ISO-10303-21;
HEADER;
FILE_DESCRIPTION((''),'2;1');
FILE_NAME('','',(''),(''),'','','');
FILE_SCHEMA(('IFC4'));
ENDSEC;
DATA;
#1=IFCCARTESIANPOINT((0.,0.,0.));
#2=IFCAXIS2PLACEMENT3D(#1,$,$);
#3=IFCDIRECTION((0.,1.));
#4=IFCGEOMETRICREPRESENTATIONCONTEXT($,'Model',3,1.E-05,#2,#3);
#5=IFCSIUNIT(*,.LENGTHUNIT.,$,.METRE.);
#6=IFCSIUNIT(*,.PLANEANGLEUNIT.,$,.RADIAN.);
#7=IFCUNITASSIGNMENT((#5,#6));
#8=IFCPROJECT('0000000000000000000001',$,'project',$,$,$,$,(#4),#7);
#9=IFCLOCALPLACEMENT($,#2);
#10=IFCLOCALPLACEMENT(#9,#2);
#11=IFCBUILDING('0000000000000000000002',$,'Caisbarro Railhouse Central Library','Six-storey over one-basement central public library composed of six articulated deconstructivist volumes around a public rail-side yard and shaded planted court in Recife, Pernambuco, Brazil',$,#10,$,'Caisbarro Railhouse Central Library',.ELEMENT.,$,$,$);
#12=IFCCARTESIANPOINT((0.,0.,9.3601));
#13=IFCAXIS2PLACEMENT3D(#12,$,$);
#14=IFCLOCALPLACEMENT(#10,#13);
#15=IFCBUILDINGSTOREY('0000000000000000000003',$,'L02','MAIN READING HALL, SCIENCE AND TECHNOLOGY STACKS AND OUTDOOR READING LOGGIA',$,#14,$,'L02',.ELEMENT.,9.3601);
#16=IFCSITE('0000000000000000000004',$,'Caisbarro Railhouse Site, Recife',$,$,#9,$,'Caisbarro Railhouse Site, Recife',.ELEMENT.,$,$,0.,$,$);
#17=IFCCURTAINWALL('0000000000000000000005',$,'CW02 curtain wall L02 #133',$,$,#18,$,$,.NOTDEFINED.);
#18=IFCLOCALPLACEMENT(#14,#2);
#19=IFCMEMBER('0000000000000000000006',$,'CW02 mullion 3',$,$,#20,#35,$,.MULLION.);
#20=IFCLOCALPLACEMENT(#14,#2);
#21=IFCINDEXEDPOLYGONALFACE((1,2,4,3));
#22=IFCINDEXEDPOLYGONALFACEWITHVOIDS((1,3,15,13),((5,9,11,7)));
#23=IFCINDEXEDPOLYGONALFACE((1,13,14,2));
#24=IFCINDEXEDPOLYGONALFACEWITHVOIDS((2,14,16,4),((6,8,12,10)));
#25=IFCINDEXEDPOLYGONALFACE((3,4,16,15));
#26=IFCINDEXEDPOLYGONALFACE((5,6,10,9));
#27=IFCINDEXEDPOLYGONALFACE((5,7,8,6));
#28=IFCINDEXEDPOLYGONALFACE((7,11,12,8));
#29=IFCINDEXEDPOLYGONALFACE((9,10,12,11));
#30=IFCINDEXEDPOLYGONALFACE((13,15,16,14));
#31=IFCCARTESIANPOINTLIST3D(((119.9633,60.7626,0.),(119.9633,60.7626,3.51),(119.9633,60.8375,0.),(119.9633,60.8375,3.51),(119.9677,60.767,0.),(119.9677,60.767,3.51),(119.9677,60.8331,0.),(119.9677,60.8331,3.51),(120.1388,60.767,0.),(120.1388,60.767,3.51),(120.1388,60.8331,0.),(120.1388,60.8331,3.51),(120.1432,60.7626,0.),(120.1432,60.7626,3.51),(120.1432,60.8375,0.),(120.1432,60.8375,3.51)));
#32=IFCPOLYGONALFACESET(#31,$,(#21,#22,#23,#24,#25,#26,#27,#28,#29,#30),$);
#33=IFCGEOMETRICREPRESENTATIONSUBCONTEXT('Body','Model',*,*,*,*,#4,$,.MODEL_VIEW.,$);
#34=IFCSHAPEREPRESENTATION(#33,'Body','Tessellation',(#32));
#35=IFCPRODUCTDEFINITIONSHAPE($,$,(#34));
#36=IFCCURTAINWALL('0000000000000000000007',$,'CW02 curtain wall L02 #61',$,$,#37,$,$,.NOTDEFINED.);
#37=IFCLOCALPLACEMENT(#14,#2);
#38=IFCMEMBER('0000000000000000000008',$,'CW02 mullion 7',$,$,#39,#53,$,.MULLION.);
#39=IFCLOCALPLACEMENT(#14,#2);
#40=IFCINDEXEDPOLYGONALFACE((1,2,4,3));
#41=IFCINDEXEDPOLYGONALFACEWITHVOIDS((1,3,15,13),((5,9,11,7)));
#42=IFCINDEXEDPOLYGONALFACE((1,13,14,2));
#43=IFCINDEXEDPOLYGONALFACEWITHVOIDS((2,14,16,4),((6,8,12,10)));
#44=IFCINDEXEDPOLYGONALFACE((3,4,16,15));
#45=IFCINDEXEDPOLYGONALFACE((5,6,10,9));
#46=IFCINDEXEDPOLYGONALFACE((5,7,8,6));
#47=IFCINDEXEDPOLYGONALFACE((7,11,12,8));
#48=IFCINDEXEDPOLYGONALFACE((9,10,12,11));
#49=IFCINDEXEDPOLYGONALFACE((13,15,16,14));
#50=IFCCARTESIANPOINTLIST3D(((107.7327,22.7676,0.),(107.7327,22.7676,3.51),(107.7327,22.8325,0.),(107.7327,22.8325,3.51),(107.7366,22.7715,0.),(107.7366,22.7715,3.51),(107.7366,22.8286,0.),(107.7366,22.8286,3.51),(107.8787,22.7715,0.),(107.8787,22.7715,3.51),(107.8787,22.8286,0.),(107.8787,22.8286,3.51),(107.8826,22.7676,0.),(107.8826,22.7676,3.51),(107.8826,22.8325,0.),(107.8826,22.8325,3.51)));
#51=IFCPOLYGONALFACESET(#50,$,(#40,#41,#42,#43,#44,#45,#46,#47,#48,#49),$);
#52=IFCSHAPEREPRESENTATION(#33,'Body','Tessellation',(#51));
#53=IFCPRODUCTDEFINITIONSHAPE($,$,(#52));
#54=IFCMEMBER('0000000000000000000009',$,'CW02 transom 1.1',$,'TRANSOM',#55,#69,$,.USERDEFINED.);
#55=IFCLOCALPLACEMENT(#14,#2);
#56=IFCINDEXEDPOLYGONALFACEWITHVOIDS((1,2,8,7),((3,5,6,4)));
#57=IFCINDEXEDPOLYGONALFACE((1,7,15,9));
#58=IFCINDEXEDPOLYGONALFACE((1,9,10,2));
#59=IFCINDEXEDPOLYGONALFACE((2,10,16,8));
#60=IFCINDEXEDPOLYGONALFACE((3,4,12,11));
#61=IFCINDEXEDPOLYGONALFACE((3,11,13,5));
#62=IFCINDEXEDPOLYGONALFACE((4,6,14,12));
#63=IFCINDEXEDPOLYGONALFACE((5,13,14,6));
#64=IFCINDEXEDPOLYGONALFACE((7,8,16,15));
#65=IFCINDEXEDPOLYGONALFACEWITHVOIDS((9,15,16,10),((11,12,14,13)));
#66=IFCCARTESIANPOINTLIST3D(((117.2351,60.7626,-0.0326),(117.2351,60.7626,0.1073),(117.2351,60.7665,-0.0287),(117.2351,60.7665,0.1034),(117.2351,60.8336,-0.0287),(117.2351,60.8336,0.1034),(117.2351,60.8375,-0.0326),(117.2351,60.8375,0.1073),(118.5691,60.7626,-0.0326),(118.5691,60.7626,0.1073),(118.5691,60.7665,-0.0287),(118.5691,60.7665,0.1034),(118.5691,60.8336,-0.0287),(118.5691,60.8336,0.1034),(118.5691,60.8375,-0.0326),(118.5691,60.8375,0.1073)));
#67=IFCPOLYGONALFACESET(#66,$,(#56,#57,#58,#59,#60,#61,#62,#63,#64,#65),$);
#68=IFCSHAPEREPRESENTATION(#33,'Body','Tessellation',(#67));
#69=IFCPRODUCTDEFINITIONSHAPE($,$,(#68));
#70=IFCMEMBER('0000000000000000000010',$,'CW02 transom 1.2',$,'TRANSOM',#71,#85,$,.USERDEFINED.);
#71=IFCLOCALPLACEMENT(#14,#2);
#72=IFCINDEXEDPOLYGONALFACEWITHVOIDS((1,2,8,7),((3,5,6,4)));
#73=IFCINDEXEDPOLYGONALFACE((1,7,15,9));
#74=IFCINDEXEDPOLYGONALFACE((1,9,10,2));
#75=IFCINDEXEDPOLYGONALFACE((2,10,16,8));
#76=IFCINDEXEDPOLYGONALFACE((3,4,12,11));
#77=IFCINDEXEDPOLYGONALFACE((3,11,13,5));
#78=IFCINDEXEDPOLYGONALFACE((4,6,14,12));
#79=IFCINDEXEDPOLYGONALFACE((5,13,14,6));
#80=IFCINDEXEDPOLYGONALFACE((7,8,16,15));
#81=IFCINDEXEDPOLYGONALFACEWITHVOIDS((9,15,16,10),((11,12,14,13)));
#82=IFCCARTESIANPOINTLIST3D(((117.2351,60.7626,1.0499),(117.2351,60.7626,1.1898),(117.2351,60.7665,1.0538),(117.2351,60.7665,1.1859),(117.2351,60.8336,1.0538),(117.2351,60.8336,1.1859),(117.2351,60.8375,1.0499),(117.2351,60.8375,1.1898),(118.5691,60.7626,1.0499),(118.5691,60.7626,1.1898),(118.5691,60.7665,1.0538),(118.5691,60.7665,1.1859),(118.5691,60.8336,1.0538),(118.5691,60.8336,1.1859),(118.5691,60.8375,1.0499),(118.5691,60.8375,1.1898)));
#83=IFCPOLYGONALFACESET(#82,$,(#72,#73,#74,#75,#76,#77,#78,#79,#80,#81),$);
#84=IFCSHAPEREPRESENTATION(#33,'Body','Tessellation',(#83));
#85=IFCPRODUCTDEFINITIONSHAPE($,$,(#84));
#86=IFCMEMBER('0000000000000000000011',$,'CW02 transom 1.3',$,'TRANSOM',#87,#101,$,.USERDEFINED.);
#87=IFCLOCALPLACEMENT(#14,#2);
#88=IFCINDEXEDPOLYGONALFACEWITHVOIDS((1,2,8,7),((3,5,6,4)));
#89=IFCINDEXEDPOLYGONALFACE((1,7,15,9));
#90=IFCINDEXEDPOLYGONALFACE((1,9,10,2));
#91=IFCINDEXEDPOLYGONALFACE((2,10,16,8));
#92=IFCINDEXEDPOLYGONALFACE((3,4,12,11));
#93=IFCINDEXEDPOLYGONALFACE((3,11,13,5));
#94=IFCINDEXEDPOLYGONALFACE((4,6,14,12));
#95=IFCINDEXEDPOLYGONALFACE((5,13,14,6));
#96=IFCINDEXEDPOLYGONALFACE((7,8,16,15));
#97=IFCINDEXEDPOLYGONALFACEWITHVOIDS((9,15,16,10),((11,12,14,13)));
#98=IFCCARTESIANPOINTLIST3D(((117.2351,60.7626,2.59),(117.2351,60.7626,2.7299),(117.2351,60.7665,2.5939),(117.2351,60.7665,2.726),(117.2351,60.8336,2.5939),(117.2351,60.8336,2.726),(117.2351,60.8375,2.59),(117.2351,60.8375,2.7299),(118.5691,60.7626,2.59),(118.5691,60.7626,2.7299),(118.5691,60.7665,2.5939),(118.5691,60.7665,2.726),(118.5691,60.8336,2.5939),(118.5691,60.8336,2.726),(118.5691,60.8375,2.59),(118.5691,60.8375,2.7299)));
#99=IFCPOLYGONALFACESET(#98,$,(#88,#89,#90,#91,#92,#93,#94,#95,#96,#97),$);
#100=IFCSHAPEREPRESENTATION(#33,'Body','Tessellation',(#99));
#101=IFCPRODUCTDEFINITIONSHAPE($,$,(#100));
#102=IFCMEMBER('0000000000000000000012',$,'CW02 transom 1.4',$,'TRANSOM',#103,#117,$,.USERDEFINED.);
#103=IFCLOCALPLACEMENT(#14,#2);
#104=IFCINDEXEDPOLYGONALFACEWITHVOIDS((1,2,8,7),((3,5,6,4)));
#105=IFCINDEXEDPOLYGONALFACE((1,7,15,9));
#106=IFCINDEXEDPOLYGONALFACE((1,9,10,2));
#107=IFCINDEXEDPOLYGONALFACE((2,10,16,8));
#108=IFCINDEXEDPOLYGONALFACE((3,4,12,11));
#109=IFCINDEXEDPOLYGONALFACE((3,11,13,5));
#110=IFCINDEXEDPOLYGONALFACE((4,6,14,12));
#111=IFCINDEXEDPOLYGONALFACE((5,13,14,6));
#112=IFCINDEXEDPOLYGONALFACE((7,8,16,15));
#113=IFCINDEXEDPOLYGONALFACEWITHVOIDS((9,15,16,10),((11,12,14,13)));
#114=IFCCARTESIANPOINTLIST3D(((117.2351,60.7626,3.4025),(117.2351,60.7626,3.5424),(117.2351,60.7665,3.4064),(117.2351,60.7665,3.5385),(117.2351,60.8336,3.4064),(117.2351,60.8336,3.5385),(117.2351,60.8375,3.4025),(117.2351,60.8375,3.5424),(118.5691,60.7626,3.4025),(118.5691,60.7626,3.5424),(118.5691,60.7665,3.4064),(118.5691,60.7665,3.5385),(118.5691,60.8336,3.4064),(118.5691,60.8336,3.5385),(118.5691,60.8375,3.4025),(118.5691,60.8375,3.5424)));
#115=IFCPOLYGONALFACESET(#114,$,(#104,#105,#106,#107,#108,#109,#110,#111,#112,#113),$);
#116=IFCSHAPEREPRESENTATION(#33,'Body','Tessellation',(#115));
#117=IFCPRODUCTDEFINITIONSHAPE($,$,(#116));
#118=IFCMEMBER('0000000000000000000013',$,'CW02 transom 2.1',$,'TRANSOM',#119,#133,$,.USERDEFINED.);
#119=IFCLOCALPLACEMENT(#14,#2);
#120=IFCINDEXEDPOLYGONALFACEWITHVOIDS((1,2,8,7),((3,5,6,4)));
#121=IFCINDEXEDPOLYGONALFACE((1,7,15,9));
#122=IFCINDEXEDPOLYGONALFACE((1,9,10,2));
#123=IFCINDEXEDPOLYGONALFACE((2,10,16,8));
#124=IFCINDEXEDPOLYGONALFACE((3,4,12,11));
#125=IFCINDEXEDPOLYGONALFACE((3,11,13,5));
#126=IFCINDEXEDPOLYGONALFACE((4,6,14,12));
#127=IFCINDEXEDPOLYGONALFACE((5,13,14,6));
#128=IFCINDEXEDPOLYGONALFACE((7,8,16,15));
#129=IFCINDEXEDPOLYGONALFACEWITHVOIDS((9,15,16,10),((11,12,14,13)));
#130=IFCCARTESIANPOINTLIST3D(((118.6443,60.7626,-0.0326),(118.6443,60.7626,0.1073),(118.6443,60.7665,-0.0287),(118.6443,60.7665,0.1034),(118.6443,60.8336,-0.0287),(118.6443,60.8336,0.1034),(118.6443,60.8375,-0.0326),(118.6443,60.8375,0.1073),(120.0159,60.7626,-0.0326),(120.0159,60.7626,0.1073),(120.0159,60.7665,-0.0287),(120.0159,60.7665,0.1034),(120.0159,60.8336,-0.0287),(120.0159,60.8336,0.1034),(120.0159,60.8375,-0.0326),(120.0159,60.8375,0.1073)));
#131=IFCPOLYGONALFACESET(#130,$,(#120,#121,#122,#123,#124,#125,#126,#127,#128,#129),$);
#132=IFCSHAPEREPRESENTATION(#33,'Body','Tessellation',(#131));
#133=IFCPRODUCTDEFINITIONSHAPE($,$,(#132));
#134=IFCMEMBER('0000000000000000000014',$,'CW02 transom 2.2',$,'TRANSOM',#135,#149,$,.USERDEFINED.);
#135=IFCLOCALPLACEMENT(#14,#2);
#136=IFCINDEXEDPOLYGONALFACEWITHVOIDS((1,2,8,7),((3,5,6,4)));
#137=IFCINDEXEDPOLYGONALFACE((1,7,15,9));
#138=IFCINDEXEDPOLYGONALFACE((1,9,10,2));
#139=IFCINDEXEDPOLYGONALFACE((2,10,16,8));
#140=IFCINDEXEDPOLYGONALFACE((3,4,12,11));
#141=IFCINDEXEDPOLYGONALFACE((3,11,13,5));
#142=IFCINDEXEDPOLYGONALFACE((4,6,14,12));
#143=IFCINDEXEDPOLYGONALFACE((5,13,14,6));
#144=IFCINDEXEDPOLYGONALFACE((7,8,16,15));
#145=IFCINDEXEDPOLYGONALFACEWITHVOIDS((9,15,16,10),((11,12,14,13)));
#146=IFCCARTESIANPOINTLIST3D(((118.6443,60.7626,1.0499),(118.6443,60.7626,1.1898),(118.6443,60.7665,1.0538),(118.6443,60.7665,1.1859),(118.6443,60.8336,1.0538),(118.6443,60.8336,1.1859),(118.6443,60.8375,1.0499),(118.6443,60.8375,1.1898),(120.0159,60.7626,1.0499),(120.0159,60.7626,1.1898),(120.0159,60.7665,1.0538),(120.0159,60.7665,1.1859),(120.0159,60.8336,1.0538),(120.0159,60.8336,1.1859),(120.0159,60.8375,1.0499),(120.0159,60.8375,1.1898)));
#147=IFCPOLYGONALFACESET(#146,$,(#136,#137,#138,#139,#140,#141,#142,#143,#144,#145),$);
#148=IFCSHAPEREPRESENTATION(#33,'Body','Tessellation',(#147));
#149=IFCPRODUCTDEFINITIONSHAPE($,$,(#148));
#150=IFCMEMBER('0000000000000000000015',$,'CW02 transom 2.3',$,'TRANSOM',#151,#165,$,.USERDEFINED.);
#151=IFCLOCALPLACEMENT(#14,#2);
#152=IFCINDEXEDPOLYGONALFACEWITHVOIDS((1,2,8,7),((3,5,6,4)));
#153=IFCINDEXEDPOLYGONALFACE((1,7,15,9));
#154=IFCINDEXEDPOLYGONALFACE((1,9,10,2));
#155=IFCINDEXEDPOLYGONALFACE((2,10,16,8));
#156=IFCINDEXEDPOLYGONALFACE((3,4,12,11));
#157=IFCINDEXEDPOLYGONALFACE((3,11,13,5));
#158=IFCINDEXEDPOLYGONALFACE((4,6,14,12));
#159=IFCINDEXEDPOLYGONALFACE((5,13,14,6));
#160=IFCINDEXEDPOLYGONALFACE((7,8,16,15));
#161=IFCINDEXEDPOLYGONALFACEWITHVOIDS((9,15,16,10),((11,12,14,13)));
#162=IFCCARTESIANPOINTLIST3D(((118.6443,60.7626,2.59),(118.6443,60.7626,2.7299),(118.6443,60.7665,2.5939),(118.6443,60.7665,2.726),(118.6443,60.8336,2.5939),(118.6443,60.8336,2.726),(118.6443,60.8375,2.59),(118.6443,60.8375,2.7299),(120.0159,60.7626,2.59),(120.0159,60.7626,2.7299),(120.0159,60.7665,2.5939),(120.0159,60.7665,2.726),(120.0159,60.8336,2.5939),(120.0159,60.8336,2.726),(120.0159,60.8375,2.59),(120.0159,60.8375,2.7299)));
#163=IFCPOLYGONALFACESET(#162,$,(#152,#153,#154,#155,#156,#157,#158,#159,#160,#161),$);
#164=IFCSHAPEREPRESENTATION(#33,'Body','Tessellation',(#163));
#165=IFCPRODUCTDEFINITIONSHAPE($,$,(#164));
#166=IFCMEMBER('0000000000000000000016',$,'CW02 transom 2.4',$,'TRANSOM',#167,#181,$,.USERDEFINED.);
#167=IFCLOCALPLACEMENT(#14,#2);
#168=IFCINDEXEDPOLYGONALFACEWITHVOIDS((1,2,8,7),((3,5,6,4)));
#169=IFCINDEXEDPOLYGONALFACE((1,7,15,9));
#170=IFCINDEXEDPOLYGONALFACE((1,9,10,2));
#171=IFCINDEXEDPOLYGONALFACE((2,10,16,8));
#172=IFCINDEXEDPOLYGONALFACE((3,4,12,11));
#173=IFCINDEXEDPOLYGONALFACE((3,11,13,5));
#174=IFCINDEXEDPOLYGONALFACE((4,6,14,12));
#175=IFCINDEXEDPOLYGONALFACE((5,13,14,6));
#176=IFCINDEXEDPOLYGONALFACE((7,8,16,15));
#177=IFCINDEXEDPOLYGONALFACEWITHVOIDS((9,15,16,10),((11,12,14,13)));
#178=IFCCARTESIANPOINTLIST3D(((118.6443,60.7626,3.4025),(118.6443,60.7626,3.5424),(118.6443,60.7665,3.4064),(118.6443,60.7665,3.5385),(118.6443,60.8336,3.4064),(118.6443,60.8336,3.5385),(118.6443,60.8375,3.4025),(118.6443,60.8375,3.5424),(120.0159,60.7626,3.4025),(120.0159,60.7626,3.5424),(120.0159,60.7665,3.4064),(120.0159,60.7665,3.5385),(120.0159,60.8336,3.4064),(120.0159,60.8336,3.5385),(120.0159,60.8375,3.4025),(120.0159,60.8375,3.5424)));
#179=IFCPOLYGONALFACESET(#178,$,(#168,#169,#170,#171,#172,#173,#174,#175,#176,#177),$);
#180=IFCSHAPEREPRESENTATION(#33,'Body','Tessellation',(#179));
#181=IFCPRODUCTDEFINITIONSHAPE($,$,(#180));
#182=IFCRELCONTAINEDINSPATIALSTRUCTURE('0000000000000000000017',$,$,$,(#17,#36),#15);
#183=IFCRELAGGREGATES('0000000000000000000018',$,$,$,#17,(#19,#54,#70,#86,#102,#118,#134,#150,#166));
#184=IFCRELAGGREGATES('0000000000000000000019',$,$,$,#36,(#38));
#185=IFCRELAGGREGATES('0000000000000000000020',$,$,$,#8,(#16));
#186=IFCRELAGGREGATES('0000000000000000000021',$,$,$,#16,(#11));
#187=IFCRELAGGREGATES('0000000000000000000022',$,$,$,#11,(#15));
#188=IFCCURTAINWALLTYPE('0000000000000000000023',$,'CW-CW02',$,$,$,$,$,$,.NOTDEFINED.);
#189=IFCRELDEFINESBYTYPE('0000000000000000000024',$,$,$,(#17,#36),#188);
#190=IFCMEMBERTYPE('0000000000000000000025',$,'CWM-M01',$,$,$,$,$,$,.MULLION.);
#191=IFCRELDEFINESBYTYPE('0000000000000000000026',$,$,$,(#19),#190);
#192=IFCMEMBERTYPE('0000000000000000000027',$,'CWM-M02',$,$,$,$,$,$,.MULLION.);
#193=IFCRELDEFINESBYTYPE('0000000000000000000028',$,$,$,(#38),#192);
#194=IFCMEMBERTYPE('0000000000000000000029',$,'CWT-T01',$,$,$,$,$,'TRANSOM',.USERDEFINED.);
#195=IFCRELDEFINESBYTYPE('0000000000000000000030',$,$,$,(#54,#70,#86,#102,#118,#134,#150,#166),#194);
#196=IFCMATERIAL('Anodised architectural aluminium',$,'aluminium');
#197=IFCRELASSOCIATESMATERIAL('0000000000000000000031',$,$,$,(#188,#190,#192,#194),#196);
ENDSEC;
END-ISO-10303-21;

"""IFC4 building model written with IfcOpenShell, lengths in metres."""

from ifc_helpers import new_model, si_unit, direction, frame, origin, origin_2d, place, context, subcontext, project, spatial, hollow_rectangle, extrude, material, material_profile, profile_set, type_object, element, aggregate, save


model = new_model("IFC4")

# Units and contexts
model_context = context("Model", 3, precision=1e-05, world=origin(), true_north=direction((0.0, 1.0)))
body_context = subcontext(model_context, "Body", "Model", "MODEL_VIEW")
ifc_project = project(units=[si_unit("LENGTHUNIT", "METRE"), si_unit("PLANEANGLEUNIT", "RADIAN")], contexts=[model_context])

# Site, building, storey
site_placement = place(None, origin())
site = spatial("IfcSite", under=ifc_project, at=site_placement, Name="Caisbarro Railhouse Site, Recife", LongName="Caisbarro Railhouse Site, Recife", CompositionType="ELEMENT", RefElevation=0.0)
building_placement = place(site_placement, origin())
building = spatial("IfcBuilding", under=site, at=building_placement, Name="Caisbarro Railhouse Central Library", Description="Six-storey over one-basement central public library composed of six articulated deconstructivist volumes around a public rail-side yard and shaded planted court in Recife, Pernambuco, Brazil", LongName="Caisbarro Railhouse Central Library", CompositionType="ELEMENT")
storey_placement = place(building_placement, frame((0.0, 0.0, 9.3601)))
storey = spatial("IfcBuildingStorey", under=building, at=storey_placement, Name="L02", Description="MAIN READING HALL, SCIENCE AND TECHNOLOGY STACKS AND OUTDOOR READING LOGGIA", LongName="L02", CompositionType="ELEMENT", Elevation=9.3601)

# Curtain wall, member
ifc_material_1 = material(Name="Anodised architectural aluminium", Category="aluminium")
curtain_wall_type = type_object("IfcCurtainWallType", Name="CW-CW02", PredefinedType="NOTDEFINED", material=ifc_material_1)
curtain_wall_1_placement = place(storey_placement, origin())
curtain_wall_1 = element("IfcCurtainWall", 1, at=curtain_wall_1_placement, inside=storey, type_object=curtain_wall_type, Name="CW02 curtain wall L02 #133", PredefinedType="NOTDEFINED")
ifc_material_profile_1 = material_profile(ifc_material_1, hollow_rectangle(XDim=0.075, YDim=0.1799, WallThickness=0.0044, at=origin_2d()), Name="ALU-MUL-75X180")
ifc_profile_set_1 = profile_set([ifc_material_profile_1], Name="Anodised architectural aluminium")
member_type_1 = type_object("IfcMemberType", Name="CWM-M01", PredefinedType="MULLION", material=ifc_profile_set_1)
member_1_placement = place(storey_placement, frame((120.0532, 60.8, 0.0), z_axis=(0.0, 0.0, 1.0), x_axis=(0.0, 1.0, 0.0)))
member_1 = element("IfcMember", 2, at=member_1_placement, type_object=member_type_1, Name="CW02 mullion 3", PredefinedType="MULLION", context=body_context, shape_type="SweptSolid", body=[
    extrude(hollow_rectangle(XDim=0.075, YDim=0.1799, WallThickness=0.0044, at=origin_2d()), origin(), (0.0, 0.0, 1.0), 3.51),
])

# Curtain wall, member
curtain_wall_2_placement = place(storey_placement, origin())
curtain_wall_2 = element("IfcCurtainWall", 3, at=curtain_wall_2_placement, inside=storey, type_object=curtain_wall_type, Name="CW02 curtain wall L02 #61", PredefinedType="NOTDEFINED")
ifc_material_profile_2 = material_profile(ifc_material_1, hollow_rectangle(XDim=0.0649, YDim=0.1499, WallThickness=0.0039, at=origin_2d()), Name="ALU-MUL-65X150")
ifc_profile_set_2 = profile_set([ifc_material_profile_2], Name="Anodised architectural aluminium")
member_type_2 = type_object("IfcMemberType", Name="CWM-M02", PredefinedType="MULLION", material=ifc_profile_set_2)
member_2_placement = place(storey_placement, frame((107.8076, 22.8, 0.0), z_axis=(0.0, 0.0, 1.0), x_axis=(0.0, 1.0, 0.0)))
member_2 = element("IfcMember", 4, at=member_2_placement, type_object=member_type_2, Name="CW02 mullion 7", PredefinedType="MULLION", context=body_context, shape_type="SweptSolid", body=[
    extrude(hollow_rectangle(XDim=0.0649, YDim=0.1499, WallThickness=0.0039, at=origin_2d()), origin(), (0.0, 0.0, 1.0), 3.51),
])

# Members
ifc_material_profile_3 = material_profile(ifc_material_1, hollow_rectangle(XDim=0.075, YDim=0.1399, WallThickness=0.0039, at=origin_2d()), Name="ALU-TRN-75X140")
ifc_profile_set_3 = profile_set([ifc_material_profile_3], Name="Anodised architectural aluminium")
member_type_3 = type_object("IfcMemberType", Name="CWT-T01", ElementType="TRANSOM", PredefinedType="USERDEFINED", material=ifc_profile_set_3)
member_3_placement = place(storey_placement, frame((117.2351, 60.8, 0.0374), z_axis=(1.0, 0.0, 0.0), x_axis=(0.0, 1.0, 0.0)))
member_3 = element("IfcMember", 5, at=member_3_placement, type_object=member_type_3, Name="CW02 transom 1.1", ObjectType="TRANSOM", PredefinedType="USERDEFINED", context=body_context, shape_type="SweptSolid", body=[
    extrude(hollow_rectangle(XDim=0.075, YDim=0.1399, WallThickness=0.0039, at=origin_2d()), origin(), (0.0, 0.0, 1.0), 1.334),
])
member_4_placement = place(storey_placement, frame((117.2351, 60.8, 1.1199), z_axis=(1.0, 0.0, 0.0), x_axis=(0.0, 1.0, 0.0)))
member_4 = element("IfcMember", 6, at=member_4_placement, type_object=member_type_3, Name="CW02 transom 1.2", ObjectType="TRANSOM", PredefinedType="USERDEFINED", context=body_context, shape_type="SweptSolid", body=[
    extrude(hollow_rectangle(XDim=0.075, YDim=0.1399, WallThickness=0.0039, at=origin_2d()), origin(), (0.0, 0.0, 1.0), 1.334),
])
member_5_placement = place(storey_placement, frame((117.2351, 60.8, 2.6599), z_axis=(1.0, 0.0, 0.0), x_axis=(0.0, 1.0, 0.0)))
member_5 = element("IfcMember", 7, at=member_5_placement, type_object=member_type_3, Name="CW02 transom 1.3", ObjectType="TRANSOM", PredefinedType="USERDEFINED", context=body_context, shape_type="SweptSolid", body=[
    extrude(hollow_rectangle(XDim=0.075, YDim=0.1399, WallThickness=0.0039, at=origin_2d()), origin(), (0.0, 0.0, 1.0), 1.334),
])
member_6_placement = place(storey_placement, frame((117.2351, 60.8, 3.4724), z_axis=(1.0, 0.0, 0.0), x_axis=(0.0, 1.0, 0.0)))
member_6 = element("IfcMember", 8, at=member_6_placement, type_object=member_type_3, Name="CW02 transom 1.4", ObjectType="TRANSOM", PredefinedType="USERDEFINED", context=body_context, shape_type="SweptSolid", body=[
    extrude(hollow_rectangle(XDim=0.075, YDim=0.1399, WallThickness=0.0039, at=origin_2d()), origin(), (0.0, 0.0, 1.0), 1.334),
])
member_7_placement = place(storey_placement, frame((118.6443, 60.8, 0.0374), z_axis=(1.0, 0.0, 0.0), x_axis=(0.0, 1.0, 0.0)))
member_7 = element("IfcMember", 9, at=member_7_placement, type_object=member_type_3, Name="CW02 transom 2.1", ObjectType="TRANSOM", PredefinedType="USERDEFINED", context=body_context, shape_type="SweptSolid", body=[
    extrude(hollow_rectangle(XDim=0.075, YDim=0.1399, WallThickness=0.0039, at=origin_2d()), origin(), (0.0, 0.0, 1.0), 1.3716),
])
member_8_placement = place(storey_placement, frame((118.6443, 60.8, 1.1199), z_axis=(1.0, 0.0, 0.0), x_axis=(0.0, 1.0, 0.0)))
member_8 = element("IfcMember", 10, at=member_8_placement, type_object=member_type_3, Name="CW02 transom 2.2", ObjectType="TRANSOM", PredefinedType="USERDEFINED", context=body_context, shape_type="SweptSolid", body=[
    extrude(hollow_rectangle(XDim=0.075, YDim=0.1399, WallThickness=0.0039, at=origin_2d()), origin(), (0.0, 0.0, 1.0), 1.3716),
])
member_9_placement = place(storey_placement, frame((118.6443, 60.8, 2.6599), z_axis=(1.0, 0.0, 0.0), x_axis=(0.0, 1.0, 0.0)))
member_9 = element("IfcMember", 11, at=member_9_placement, type_object=member_type_3, Name="CW02 transom 2.3", ObjectType="TRANSOM", PredefinedType="USERDEFINED", context=body_context, shape_type="SweptSolid", body=[
    extrude(hollow_rectangle(XDim=0.075, YDim=0.1399, WallThickness=0.0039, at=origin_2d()), origin(), (0.0, 0.0, 1.0), 1.3716),
])
member_10_placement = place(storey_placement, frame((118.6443, 60.8, 3.4724), z_axis=(1.0, 0.0, 0.0), x_axis=(0.0, 1.0, 0.0)))
member_10 = element("IfcMember", 12, at=member_10_placement, type_object=member_type_3, Name="CW02 transom 2.4", ObjectType="TRANSOM", PredefinedType="USERDEFINED", context=body_context, shape_type="SweptSolid", body=[
    extrude(hollow_rectangle(XDim=0.075, YDim=0.1399, WallThickness=0.0039, at=origin_2d()), origin(), (0.0, 0.0, 1.0), 1.3716),
])

aggregate(curtain_wall_1, [member_1, member_3, member_4, member_5, member_6, member_7, member_8, member_9, member_10])
aggregate(curtain_wall_2, [member_2])

save(model, "model.ifc")
